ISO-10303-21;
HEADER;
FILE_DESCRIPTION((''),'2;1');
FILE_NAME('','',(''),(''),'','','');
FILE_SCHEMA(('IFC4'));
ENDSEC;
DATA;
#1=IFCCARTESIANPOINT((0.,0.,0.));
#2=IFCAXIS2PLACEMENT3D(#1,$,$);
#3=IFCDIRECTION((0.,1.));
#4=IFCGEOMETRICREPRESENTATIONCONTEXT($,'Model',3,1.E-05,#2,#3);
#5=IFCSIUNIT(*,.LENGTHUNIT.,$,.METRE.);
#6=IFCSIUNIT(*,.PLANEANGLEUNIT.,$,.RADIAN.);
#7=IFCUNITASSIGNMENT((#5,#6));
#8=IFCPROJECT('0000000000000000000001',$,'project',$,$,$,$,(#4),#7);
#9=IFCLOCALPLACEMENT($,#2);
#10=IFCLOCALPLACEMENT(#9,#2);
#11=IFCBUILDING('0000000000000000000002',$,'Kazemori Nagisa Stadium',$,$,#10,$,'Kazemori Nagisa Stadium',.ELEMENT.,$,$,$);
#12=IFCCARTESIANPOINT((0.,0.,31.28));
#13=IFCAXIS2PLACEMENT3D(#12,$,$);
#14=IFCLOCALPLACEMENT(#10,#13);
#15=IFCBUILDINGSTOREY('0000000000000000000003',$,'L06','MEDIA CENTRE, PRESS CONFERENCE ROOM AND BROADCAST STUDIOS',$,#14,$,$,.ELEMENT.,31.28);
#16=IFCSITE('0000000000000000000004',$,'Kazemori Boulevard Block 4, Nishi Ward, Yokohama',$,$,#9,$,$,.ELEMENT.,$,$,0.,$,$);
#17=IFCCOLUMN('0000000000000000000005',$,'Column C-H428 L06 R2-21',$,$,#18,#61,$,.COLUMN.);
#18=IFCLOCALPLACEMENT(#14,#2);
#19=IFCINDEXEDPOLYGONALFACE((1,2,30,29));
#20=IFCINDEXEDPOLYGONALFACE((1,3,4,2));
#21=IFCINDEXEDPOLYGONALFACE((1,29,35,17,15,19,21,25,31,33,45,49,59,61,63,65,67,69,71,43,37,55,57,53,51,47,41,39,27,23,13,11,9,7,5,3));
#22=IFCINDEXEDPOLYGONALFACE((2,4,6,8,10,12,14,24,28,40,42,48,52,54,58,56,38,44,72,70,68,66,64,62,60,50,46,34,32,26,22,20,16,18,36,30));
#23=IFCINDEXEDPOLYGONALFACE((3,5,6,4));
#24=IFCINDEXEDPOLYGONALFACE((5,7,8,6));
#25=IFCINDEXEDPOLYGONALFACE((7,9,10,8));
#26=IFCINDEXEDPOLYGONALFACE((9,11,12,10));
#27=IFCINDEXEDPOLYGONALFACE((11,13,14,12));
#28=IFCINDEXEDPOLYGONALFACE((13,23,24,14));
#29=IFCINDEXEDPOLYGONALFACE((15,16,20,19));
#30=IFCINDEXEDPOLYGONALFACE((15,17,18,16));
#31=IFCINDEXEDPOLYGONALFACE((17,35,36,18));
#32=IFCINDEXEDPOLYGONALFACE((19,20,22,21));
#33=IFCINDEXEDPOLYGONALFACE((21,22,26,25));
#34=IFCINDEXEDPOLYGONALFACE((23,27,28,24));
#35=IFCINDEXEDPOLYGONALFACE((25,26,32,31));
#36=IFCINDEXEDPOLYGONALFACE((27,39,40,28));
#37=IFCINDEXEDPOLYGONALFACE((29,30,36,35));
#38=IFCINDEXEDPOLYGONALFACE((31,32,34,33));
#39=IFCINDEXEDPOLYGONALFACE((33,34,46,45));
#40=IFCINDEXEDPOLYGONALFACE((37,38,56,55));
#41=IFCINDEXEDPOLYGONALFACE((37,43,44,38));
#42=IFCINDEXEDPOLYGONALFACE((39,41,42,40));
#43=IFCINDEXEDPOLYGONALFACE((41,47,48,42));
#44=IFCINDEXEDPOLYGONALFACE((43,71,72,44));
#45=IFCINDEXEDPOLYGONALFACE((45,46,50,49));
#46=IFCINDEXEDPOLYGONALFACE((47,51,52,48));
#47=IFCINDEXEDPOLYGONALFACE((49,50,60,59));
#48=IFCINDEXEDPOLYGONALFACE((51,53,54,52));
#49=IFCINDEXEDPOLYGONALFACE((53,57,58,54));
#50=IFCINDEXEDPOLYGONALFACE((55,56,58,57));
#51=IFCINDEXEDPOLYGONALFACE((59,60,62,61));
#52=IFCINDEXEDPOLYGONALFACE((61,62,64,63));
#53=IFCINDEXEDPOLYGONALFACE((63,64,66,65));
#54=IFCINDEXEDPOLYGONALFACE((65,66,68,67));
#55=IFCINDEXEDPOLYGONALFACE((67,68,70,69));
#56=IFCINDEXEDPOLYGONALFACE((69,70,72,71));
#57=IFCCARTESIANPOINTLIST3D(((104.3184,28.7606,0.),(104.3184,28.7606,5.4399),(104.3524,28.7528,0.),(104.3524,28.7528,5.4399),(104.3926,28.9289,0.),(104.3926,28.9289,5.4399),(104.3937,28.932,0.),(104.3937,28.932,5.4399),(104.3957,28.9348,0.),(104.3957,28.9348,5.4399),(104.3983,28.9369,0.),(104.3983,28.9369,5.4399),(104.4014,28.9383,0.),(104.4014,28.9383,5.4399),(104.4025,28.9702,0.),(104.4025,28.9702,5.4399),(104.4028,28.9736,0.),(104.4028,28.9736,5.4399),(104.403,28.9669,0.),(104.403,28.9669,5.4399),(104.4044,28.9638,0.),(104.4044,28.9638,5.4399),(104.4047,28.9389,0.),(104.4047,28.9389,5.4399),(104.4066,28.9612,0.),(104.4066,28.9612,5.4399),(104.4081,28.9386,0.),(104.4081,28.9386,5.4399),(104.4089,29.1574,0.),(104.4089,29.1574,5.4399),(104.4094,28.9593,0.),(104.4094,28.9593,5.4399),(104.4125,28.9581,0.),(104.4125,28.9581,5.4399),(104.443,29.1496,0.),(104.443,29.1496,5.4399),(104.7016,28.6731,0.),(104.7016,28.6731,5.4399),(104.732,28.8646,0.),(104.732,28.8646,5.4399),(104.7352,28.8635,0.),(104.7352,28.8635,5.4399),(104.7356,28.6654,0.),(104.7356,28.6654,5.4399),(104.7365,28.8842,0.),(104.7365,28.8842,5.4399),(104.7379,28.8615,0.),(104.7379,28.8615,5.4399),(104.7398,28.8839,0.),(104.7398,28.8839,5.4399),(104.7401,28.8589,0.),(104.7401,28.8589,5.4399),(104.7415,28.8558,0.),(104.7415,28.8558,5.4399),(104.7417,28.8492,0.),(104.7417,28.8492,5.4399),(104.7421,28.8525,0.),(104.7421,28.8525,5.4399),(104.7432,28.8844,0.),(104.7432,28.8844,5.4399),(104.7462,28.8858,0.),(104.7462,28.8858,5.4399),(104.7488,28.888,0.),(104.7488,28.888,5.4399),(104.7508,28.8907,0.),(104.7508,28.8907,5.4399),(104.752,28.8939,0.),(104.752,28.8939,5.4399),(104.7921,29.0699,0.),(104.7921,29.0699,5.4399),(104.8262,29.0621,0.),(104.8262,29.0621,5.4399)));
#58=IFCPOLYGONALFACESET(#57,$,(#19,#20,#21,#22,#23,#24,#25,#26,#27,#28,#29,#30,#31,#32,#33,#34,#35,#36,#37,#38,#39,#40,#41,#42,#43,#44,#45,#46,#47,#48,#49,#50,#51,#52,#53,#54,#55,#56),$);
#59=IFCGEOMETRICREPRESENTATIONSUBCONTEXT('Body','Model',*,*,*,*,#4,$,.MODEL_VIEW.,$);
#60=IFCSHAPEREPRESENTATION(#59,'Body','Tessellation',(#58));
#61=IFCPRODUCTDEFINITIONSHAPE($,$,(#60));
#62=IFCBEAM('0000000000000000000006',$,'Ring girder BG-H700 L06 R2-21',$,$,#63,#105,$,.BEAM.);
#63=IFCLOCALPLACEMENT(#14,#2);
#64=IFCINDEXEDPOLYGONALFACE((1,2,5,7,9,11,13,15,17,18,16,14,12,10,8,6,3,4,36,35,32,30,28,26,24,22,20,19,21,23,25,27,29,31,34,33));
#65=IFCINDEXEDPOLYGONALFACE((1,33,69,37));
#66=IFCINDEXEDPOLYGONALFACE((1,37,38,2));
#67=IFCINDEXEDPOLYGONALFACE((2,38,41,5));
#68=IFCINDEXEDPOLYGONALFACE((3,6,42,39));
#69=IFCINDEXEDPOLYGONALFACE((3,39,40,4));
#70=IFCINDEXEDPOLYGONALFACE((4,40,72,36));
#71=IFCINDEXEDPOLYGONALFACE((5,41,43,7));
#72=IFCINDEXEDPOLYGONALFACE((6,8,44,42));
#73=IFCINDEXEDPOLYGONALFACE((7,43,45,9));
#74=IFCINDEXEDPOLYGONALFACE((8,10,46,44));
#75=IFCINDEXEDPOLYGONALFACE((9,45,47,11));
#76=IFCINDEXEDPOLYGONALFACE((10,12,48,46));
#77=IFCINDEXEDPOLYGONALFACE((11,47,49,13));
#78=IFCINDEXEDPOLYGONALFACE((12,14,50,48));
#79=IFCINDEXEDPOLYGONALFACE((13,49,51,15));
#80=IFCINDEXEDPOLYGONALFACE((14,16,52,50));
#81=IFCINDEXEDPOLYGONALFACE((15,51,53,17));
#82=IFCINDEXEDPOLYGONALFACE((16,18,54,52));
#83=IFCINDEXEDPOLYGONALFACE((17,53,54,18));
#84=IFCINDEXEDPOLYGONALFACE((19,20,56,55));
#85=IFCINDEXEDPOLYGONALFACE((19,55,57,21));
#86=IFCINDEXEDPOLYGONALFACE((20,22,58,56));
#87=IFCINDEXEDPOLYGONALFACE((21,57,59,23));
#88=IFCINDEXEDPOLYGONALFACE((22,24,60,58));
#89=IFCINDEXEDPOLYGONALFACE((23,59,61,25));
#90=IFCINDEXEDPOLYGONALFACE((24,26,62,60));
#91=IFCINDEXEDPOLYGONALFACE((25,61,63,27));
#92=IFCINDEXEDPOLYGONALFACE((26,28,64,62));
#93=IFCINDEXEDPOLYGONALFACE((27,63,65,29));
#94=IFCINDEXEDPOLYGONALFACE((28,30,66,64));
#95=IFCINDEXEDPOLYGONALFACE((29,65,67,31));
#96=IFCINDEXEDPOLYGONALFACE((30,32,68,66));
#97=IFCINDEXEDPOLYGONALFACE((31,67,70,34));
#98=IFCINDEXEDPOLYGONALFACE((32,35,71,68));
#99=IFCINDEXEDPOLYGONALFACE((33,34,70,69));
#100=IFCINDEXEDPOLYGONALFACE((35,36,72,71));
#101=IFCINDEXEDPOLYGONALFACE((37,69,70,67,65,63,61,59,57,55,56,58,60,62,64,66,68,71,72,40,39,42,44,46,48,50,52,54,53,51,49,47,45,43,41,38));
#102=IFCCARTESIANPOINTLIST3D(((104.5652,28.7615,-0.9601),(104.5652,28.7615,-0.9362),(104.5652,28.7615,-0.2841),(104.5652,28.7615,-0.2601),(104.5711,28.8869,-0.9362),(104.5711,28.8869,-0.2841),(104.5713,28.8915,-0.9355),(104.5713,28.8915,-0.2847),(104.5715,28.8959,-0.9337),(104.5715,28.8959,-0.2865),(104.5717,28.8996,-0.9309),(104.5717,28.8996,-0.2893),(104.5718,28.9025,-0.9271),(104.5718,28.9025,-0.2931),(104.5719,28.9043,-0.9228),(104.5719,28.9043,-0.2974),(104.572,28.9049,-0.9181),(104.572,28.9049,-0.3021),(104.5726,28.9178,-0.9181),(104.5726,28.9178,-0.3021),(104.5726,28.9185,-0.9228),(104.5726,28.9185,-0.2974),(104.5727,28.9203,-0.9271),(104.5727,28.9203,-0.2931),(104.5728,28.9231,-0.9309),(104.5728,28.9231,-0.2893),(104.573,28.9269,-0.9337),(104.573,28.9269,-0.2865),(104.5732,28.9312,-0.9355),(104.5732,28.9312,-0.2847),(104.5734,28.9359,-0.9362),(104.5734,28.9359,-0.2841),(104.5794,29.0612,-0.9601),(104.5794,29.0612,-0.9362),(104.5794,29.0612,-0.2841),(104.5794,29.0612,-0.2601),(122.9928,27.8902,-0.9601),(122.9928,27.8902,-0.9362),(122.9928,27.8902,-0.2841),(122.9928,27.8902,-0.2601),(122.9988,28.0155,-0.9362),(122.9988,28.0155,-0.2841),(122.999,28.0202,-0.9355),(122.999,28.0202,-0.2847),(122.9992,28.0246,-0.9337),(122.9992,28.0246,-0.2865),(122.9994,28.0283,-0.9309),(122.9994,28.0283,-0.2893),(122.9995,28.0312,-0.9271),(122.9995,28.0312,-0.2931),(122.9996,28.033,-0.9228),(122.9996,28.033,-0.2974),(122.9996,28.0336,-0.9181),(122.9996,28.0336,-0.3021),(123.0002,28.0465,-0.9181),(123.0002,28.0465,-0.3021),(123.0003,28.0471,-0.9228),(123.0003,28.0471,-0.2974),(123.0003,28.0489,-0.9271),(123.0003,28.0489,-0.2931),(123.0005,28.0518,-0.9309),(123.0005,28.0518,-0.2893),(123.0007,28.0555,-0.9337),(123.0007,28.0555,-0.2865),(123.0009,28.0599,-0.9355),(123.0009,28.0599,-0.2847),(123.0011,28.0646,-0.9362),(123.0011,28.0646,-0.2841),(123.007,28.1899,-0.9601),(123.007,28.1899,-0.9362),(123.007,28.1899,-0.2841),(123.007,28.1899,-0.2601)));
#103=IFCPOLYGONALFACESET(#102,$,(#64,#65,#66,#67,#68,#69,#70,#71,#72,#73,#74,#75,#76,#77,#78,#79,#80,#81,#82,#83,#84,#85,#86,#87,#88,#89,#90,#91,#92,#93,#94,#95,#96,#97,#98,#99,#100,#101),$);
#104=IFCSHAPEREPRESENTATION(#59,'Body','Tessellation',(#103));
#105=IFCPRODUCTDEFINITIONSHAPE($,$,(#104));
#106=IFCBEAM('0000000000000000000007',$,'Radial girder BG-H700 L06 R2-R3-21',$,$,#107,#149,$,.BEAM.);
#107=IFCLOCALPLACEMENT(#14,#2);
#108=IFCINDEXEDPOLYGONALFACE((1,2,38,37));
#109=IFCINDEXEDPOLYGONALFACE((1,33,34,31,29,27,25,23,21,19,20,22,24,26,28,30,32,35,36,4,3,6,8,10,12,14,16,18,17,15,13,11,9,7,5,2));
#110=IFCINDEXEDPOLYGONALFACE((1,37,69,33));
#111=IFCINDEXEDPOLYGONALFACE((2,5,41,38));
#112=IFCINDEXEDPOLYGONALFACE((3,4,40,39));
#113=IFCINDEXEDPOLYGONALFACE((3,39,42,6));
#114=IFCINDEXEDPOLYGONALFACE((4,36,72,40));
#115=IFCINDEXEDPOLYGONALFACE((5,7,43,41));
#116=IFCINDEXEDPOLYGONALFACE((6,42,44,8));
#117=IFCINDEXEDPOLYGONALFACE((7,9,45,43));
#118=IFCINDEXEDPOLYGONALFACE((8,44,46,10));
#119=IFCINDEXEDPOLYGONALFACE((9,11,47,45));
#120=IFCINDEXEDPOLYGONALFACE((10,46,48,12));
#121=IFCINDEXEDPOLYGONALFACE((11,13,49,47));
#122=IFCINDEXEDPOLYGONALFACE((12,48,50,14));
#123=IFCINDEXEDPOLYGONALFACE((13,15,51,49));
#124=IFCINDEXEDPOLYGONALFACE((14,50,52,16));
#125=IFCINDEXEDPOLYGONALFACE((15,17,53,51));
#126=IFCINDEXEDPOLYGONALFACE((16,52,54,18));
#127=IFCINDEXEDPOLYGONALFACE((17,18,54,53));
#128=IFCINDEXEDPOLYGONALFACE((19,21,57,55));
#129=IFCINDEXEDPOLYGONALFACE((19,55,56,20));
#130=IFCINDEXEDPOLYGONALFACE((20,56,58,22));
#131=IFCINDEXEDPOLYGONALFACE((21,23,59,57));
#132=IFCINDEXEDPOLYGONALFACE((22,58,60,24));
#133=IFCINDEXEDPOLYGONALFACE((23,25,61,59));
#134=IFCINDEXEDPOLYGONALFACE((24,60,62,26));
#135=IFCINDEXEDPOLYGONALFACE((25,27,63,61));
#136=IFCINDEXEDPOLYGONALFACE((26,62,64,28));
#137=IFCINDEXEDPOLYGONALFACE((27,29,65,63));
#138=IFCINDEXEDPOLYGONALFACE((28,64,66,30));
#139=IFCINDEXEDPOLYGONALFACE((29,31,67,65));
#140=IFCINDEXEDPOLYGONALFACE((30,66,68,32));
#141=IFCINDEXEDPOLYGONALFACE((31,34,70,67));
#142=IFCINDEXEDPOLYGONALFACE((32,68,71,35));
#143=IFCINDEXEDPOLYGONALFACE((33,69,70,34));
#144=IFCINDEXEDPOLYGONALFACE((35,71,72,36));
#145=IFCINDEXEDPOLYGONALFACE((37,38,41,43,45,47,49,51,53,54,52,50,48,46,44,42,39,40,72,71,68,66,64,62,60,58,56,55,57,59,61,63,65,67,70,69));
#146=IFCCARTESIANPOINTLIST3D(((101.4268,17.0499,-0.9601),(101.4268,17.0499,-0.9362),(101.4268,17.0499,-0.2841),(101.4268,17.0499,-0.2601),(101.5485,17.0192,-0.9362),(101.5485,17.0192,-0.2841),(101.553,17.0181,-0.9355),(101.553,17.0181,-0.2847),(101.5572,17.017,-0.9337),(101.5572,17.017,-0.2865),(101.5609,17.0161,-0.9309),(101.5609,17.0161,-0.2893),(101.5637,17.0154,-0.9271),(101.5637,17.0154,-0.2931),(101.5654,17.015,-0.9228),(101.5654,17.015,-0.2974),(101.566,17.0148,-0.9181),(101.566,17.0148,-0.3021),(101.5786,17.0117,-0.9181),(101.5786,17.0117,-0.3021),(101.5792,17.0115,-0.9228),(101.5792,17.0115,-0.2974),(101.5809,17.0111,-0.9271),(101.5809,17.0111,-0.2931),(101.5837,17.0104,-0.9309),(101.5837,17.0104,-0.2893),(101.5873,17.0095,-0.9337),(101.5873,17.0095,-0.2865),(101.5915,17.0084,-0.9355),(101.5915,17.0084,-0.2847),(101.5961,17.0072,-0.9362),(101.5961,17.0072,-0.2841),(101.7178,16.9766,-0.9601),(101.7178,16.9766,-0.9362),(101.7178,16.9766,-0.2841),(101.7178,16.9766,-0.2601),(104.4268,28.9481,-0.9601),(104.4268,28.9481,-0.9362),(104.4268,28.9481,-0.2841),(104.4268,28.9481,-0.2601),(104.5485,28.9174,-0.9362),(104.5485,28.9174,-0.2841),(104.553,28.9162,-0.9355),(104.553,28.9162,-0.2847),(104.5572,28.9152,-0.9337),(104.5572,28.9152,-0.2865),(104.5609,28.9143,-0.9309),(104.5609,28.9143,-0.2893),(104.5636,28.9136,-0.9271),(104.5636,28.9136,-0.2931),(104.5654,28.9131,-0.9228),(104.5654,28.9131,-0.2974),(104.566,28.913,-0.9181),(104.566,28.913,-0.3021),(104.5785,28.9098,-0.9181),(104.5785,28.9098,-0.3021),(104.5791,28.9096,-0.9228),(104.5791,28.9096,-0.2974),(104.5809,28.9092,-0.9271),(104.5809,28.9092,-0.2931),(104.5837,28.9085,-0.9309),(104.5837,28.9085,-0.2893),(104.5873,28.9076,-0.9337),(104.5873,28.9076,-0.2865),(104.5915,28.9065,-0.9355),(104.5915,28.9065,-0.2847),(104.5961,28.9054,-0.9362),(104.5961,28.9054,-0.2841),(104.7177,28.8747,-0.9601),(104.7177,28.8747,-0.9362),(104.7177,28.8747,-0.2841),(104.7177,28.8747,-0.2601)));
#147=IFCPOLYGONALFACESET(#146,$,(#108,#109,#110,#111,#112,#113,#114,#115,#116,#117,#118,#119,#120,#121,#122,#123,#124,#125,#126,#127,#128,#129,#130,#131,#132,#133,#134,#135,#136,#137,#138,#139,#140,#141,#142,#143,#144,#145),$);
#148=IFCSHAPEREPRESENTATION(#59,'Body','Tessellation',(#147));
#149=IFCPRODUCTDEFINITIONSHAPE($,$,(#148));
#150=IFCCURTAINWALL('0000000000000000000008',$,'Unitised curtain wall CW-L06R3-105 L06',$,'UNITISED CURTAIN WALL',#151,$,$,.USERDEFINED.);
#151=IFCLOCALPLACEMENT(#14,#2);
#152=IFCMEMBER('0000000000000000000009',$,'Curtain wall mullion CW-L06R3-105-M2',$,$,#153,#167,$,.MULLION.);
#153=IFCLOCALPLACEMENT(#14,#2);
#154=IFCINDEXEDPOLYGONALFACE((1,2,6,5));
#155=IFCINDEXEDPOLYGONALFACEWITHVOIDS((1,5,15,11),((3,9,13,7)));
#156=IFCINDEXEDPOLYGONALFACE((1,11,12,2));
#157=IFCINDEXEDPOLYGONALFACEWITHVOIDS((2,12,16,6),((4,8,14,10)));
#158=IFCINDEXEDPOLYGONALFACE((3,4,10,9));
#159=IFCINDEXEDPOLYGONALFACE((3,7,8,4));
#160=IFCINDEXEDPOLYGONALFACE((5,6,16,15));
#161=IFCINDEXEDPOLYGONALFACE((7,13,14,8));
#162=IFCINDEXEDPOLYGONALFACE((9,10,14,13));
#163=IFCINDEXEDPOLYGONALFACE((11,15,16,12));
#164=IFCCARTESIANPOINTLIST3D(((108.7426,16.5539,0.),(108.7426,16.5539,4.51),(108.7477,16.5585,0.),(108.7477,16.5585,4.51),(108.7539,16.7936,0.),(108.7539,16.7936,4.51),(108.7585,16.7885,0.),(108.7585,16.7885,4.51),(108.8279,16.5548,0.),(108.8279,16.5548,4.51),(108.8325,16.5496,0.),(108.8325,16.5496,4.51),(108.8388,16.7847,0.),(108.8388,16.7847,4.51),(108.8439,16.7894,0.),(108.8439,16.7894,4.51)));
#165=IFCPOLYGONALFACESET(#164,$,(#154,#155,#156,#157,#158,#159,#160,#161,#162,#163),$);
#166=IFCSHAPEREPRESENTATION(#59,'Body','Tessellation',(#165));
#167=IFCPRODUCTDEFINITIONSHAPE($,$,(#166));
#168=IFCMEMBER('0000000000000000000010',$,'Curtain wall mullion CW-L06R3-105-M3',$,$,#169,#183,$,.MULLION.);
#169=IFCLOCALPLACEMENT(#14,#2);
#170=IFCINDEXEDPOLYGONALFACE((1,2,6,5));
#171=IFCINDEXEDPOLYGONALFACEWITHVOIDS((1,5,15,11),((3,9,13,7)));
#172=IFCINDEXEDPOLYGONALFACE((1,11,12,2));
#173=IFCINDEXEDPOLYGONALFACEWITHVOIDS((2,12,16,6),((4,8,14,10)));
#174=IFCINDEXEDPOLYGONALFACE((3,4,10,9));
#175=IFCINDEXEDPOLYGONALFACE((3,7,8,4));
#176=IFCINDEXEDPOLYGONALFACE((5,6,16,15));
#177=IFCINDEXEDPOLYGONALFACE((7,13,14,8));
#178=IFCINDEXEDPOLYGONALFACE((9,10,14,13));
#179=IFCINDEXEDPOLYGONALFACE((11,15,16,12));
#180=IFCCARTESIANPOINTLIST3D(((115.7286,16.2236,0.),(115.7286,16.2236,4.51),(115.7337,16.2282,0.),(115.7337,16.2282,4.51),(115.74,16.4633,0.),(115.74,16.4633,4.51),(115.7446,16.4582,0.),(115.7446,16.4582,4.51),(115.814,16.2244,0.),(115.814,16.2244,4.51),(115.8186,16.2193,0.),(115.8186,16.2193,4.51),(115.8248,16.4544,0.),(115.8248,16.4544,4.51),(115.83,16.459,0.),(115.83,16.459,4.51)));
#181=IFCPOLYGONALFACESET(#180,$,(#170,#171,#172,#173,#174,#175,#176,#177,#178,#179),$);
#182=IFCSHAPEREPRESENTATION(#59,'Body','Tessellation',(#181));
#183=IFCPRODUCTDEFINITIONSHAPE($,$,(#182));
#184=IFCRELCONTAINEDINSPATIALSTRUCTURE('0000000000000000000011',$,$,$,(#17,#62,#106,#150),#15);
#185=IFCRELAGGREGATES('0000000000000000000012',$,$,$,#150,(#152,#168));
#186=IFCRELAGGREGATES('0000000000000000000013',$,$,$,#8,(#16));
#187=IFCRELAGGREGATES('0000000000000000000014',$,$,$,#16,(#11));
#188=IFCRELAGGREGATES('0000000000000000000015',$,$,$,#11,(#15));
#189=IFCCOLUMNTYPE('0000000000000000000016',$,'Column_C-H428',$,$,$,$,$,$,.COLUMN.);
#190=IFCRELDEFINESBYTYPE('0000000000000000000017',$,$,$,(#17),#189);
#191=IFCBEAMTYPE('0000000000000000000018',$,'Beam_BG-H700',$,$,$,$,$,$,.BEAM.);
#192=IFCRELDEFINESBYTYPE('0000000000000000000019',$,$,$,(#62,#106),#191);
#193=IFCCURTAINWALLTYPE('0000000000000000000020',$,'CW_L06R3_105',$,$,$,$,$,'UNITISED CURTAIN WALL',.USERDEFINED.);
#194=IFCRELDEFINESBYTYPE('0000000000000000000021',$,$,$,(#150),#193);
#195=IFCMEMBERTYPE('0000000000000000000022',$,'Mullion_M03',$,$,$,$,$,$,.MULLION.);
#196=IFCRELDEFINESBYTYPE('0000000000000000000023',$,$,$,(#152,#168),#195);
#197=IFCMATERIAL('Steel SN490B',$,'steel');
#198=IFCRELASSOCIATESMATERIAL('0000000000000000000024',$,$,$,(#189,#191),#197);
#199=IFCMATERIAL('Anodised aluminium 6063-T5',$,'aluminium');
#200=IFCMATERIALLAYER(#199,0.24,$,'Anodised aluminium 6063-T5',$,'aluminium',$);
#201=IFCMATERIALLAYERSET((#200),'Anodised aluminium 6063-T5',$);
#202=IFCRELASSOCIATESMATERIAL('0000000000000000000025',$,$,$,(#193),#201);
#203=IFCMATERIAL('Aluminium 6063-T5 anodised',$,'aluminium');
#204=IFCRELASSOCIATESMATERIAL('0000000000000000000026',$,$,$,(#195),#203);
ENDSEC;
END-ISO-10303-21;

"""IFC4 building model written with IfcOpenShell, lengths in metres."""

from ifc_helpers import new_model, si_unit, direction, frame, origin, origin_2d, place, context, subcontext, project, spatial, hollow_rectangle, i_section, extrude, material, layer, layer_set, material_profile, profile_set, type_object, element, aggregate, save


model = new_model("IFC4")

# Units and contexts
model_context = context("Model", 3, precision=1e-05, world=origin(), true_north=direction((0.0, 1.0)))
body_context = subcontext(model_context, "Body", "Model", "MODEL_VIEW")
ifc_project = project(units=[si_unit("LENGTHUNIT", "METRE"), si_unit("PLANEANGLEUNIT", "RADIAN")], contexts=[model_context])

# Site, building, storey
site_placement = place(None, origin())
site = spatial("IfcSite", under=ifc_project, at=site_placement, Name="Kazemori Boulevard Block 4, Nishi Ward, Yokohama", CompositionType="ELEMENT", RefElevation=0.0)
building_placement = place(site_placement, origin())
building = spatial("IfcBuilding", under=site, at=building_placement, Name="Kazemori Nagisa Stadium", LongName="Kazemori Nagisa Stadium", CompositionType="ELEMENT")
storey_placement = place(building_placement, frame((0.0, 0.0, 31.28)))
storey = spatial("IfcBuildingStorey", under=building, at=storey_placement, Name="L06", Description="MEDIA CENTRE, PRESS CONFERENCE ROOM AND BROADCAST STUDIOS", CompositionType="ELEMENT", Elevation=31.28)

# Column
ifc_material_1 = material(Name="Steel SN490B", Category="steel")
ifc_material_profile_1 = material_profile(ifc_material_1, i_section(OverallWidth=0.407, OverallDepth=0.428, WebThickness=0.02, FlangeThickness=0.0349, FilletRadius=0.0129, at=origin_2d()), Name="H-428x407x20x35")
ifc_profile_set_1 = profile_set([ifc_material_profile_1], Name="Steel SN490B")
column_type = type_object("IfcColumnType", Name="Column_C-H428", PredefinedType="COLUMN", material=ifc_profile_set_1)
column_placement = place(storey_placement, frame((104.5723, 28.9114, 0.0), z_axis=(0.0, 0.0, 1.0), x_axis=(-0.222521, -0.974928, 0.0)))
element("IfcColumn", 1, at=column_placement, inside=storey, type_object=column_type, Name="Column C-H428 L06 R2-21", PredefinedType="COLUMN", context=body_context, shape_type="SweptSolid", body=[
    extrude(i_section(OverallWidth=0.407, OverallDepth=0.428, WebThickness=0.02, FlangeThickness=0.0349, FilletRadius=0.0129, at=origin_2d()), origin(), (0.0, 0.0, 1.0), 5.4399),
])

# Beams
ifc_material_profile_2 = material_profile(ifc_material_1, i_section(OverallWidth=0.3, OverallDepth=0.7, WebThickness=0.0129, FlangeThickness=0.0239, FilletRadius=0.0181, at=origin_2d()), Name="H-700x300x13x24")
ifc_profile_set_2 = profile_set([ifc_material_profile_2], Name="Steel SN490B")
beam_type = type_object("IfcBeamType", Name="Beam_BG-H700", PredefinedType="BEAM", material=ifc_profile_set_2)
beam_1_placement = place(storey_placement, frame((104.5723, 28.9114, -0.6101), z_axis=(0.998884, -0.047231, 0.0), x_axis=(0.047231, 0.998884, 0.0)))
element("IfcBeam", 2, at=beam_1_placement, inside=storey, type_object=beam_type, Name="Ring girder BG-H700 L06 R2-21", PredefinedType="BEAM", context=body_context, shape_type="SweptSolid", body=[
    extrude(i_section(OverallWidth=0.3, OverallDepth=0.7, WebThickness=0.0129, FlangeThickness=0.0239, FilletRadius=0.0181, at=origin_2d()), origin(), (0.0, 0.0, 1.0), 18.4482),
])
beam_2_placement = place(storey_placement, frame((104.5723, 28.9114, -0.6101), z_axis=(-0.244487, -0.969652, 0.0), x_axis=(0.969652, -0.244487, 0.0)))
element("IfcBeam", 3, at=beam_2_placement, inside=storey, type_object=beam_type, Name="Radial girder BG-H700 L06 R2-R3-21", PredefinedType="BEAM", context=body_context, shape_type="SweptSolid", body=[
    extrude(i_section(OverallWidth=0.3, OverallDepth=0.7, WebThickness=0.0129, FlangeThickness=0.0239, FilletRadius=0.0181, at=origin_2d()), origin(), (0.0, 0.0, 1.0), 12.2705),
])

# Curtain wall, members
ifc_material_2 = material(Name="Anodised aluminium 6063-T5", Category="aluminium")
ifc_layer_1 = layer(ifc_material_2, 0.24, Name="Anodised aluminium 6063-T5", Category="aluminium")
ifc_layer_set_1 = layer_set([ifc_layer_1], Name="Anodised aluminium 6063-T5")
curtain_wall_type_1 = type_object("IfcCurtainWallType", Name="CW_L06R3_105", ElementType="UNITISED CURTAIN WALL", PredefinedType="USERDEFINED", material=ifc_layer_set_1)
curtain_wall_1_placement = place(storey_placement, origin())
curtain_wall_1 = element("IfcCurtainWall", 4, at=curtain_wall_1_placement, inside=storey, type_object=curtain_wall_type_1, Name="Unitised curtain wall CW-L06R3-105 L06", ObjectType="UNITISED CURTAIN WALL", PredefinedType="USERDEFINED")
ifc_material_3 = material(Name="Aluminium 6063-T5 anodised", Category="aluminium")
ifc_material_profile_3 = material_profile(ifc_material_3, hollow_rectangle(XDim=0.0901, YDim=0.24, WallThickness=0.0049, at=origin_2d()), Name="ALU-MULL-90x240x5")
ifc_profile_set_3 = profile_set([ifc_material_profile_3], Name="Aluminium 6063-T5 anodised")
member_type_1 = type_object("IfcMemberType", Name="Mullion_M03", PredefinedType="MULLION", material=ifc_profile_set_3)
member_1_placement = place(storey_placement, frame((108.7932, 16.6716, 0.0), z_axis=(0.0, 0.0, 1.0), x_axis=(0.998884, -0.04723, 0.0)))
member_1 = element("IfcMember", 5, at=member_1_placement, type_object=member_type_1, Name="Curtain wall mullion CW-L06R3-105-M2", PredefinedType="MULLION", context=body_context, shape_type="SweptSolid", body=[
    extrude(hollow_rectangle(XDim=0.0901, YDim=0.24, WallThickness=0.0049, at=origin_2d()), origin(), (0.0, 0.0, 1.0), 4.51),
])
member_2_placement = place(storey_placement, frame((115.7793, 16.3413, 0.0), z_axis=(0.0, 0.0, 1.0), x_axis=(0.998884, -0.04723, 0.0)))
member_2 = element("IfcMember", 6, at=member_2_placement, type_object=member_type_1, Name="Curtain wall mullion CW-L06R3-105-M3", PredefinedType="MULLION", context=body_context, shape_type="SweptSolid", body=[
    extrude(hollow_rectangle(XDim=0.0901, YDim=0.24, WallThickness=0.0049, at=origin_2d()), origin(), (0.0, 0.0, 1.0), 4.51),
])

aggregate(curtain_wall_1, [member_1, member_2])

save(model, "model.ifc")
